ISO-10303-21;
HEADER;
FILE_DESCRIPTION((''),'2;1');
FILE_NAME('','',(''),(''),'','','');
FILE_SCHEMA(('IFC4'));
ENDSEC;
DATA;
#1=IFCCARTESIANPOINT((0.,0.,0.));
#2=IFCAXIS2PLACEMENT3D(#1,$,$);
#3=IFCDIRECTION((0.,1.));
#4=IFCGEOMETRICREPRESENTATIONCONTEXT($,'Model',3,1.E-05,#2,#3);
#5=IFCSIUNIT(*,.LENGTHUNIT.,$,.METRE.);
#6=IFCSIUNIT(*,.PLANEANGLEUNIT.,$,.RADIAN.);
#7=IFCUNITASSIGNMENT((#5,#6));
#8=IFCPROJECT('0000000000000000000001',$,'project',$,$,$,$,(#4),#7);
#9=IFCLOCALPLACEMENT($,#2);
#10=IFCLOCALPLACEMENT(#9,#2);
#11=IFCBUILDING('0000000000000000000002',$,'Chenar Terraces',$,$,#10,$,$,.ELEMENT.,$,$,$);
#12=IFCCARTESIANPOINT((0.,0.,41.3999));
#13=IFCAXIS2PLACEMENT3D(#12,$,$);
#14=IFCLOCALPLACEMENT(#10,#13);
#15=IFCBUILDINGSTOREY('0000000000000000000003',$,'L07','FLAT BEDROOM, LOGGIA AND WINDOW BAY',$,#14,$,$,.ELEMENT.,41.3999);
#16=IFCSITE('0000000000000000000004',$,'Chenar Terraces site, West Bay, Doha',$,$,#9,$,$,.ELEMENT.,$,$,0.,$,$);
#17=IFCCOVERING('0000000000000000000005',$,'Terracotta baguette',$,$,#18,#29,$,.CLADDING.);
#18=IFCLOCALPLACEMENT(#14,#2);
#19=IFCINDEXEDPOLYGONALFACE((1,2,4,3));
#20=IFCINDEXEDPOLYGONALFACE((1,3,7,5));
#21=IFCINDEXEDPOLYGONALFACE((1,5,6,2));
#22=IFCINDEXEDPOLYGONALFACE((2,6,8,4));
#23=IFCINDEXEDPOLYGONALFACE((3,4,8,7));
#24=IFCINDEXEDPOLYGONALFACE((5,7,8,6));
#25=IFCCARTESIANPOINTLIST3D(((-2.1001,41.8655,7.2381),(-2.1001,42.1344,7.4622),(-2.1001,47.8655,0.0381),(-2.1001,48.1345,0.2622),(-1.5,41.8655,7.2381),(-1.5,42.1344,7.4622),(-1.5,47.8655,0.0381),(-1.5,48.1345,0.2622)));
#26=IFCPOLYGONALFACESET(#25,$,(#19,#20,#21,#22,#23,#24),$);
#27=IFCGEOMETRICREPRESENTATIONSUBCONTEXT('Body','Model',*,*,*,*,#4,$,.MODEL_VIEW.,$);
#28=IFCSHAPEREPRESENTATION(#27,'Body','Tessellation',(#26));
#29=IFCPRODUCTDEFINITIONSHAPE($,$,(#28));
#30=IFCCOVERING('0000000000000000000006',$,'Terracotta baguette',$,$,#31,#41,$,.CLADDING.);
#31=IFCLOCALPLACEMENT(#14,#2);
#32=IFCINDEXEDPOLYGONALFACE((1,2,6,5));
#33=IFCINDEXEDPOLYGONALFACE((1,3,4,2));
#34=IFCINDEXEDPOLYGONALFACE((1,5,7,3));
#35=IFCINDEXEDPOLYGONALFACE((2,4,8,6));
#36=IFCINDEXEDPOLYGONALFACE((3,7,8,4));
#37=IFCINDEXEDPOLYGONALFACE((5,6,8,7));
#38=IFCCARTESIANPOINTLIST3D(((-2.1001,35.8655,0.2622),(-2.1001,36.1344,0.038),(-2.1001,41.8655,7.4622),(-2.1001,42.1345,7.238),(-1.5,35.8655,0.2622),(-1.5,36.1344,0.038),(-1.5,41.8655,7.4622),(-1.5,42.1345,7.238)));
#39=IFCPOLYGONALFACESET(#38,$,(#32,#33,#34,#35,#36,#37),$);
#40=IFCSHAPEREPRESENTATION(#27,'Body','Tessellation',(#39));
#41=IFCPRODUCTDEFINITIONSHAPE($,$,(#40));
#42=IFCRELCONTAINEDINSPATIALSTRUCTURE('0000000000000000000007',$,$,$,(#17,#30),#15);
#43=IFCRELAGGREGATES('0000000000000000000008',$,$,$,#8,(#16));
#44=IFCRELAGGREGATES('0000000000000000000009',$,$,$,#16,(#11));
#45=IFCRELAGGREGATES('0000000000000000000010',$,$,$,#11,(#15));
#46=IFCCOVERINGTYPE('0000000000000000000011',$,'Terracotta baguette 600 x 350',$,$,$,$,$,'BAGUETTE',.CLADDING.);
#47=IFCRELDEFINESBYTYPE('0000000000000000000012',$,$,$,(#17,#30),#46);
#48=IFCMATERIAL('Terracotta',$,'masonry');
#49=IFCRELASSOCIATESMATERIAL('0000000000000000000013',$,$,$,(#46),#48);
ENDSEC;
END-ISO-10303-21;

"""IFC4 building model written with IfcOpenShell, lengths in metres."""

from ifc_helpers import new_model, si_unit, direction, frame, origin, origin_2d, place, context, subcontext, project, spatial, rectangle, extrude, material, material_profile, profile_set, type_object, element, save


model = new_model("IFC4")

# Units and contexts
model_context = context("Model", 3, precision=1e-05, world=origin(), true_north=direction((0.0, 1.0)))
body_context = subcontext(model_context, "Body", "Model", "MODEL_VIEW")
ifc_project = project(units=[si_unit("LENGTHUNIT", "METRE"), si_unit("PLANEANGLEUNIT", "RADIAN")], contexts=[model_context])

# Site, building, storey
site_placement = place(None, origin())
site = spatial("IfcSite", under=ifc_project, at=site_placement, Name="Chenar Terraces site, West Bay, Doha", CompositionType="ELEMENT", RefElevation=0.0)
building_placement = place(site_placement, origin())
building = spatial("IfcBuilding", under=site, at=building_placement, Name="Chenar Terraces", CompositionType="ELEMENT")
storey_placement = place(building_placement, frame((0.0, 0.0, 41.3999)))
storey = spatial("IfcBuildingStorey", under=building, at=storey_placement, Name="L07", Description="FLAT BEDROOM, LOGGIA AND WINDOW BAY", CompositionType="ELEMENT", Elevation=41.3999)

# Coverings
ifc_material_1 = material(Name="Terracotta", Category="masonry")
ifc_material_profile_1 = material_profile(ifc_material_1, rectangle(XDim=0.6001, YDim=0.3501, at=origin_2d()), Name="Terracotta baguette 600 x 350")
ifc_profile_set_1 = profile_set([ifc_material_profile_1], Name="Terracotta")
covering_type = type_object("IfcCoveringType", Name="Terracotta baguette 600 x 350", ElementType="BAGUETTE", PredefinedType="CLADDING", material=ifc_profile_set_1)
for number, where, z_axis, x_axis, name in (
    (1, (-1.8, 48.0, 0.1501), (0.0, -0.640187, 0.768219), (1.0, 0.0, 0.0), "Terracotta baguette"),
    (2, (-1.8, 42.0, 7.3501), (0.0, -0.640187, -0.768219), (1.0, 0.0, 0.0), "Terracotta baguette"),
):
    element("IfcCovering", number, at=place(storey_placement, frame(where, z_axis=z_axis, x_axis=x_axis)), inside=storey, type_object=covering_type, Name=name, PredefinedType="CLADDING", context=body_context, shape_type="SweptSolid", body=[
        extrude(rectangle(XDim=0.6001, YDim=0.3501, at=origin_2d()), origin(), (0.0, 0.0, 1.0), 9.3723),
    ])

save(model, "model.ifc")
